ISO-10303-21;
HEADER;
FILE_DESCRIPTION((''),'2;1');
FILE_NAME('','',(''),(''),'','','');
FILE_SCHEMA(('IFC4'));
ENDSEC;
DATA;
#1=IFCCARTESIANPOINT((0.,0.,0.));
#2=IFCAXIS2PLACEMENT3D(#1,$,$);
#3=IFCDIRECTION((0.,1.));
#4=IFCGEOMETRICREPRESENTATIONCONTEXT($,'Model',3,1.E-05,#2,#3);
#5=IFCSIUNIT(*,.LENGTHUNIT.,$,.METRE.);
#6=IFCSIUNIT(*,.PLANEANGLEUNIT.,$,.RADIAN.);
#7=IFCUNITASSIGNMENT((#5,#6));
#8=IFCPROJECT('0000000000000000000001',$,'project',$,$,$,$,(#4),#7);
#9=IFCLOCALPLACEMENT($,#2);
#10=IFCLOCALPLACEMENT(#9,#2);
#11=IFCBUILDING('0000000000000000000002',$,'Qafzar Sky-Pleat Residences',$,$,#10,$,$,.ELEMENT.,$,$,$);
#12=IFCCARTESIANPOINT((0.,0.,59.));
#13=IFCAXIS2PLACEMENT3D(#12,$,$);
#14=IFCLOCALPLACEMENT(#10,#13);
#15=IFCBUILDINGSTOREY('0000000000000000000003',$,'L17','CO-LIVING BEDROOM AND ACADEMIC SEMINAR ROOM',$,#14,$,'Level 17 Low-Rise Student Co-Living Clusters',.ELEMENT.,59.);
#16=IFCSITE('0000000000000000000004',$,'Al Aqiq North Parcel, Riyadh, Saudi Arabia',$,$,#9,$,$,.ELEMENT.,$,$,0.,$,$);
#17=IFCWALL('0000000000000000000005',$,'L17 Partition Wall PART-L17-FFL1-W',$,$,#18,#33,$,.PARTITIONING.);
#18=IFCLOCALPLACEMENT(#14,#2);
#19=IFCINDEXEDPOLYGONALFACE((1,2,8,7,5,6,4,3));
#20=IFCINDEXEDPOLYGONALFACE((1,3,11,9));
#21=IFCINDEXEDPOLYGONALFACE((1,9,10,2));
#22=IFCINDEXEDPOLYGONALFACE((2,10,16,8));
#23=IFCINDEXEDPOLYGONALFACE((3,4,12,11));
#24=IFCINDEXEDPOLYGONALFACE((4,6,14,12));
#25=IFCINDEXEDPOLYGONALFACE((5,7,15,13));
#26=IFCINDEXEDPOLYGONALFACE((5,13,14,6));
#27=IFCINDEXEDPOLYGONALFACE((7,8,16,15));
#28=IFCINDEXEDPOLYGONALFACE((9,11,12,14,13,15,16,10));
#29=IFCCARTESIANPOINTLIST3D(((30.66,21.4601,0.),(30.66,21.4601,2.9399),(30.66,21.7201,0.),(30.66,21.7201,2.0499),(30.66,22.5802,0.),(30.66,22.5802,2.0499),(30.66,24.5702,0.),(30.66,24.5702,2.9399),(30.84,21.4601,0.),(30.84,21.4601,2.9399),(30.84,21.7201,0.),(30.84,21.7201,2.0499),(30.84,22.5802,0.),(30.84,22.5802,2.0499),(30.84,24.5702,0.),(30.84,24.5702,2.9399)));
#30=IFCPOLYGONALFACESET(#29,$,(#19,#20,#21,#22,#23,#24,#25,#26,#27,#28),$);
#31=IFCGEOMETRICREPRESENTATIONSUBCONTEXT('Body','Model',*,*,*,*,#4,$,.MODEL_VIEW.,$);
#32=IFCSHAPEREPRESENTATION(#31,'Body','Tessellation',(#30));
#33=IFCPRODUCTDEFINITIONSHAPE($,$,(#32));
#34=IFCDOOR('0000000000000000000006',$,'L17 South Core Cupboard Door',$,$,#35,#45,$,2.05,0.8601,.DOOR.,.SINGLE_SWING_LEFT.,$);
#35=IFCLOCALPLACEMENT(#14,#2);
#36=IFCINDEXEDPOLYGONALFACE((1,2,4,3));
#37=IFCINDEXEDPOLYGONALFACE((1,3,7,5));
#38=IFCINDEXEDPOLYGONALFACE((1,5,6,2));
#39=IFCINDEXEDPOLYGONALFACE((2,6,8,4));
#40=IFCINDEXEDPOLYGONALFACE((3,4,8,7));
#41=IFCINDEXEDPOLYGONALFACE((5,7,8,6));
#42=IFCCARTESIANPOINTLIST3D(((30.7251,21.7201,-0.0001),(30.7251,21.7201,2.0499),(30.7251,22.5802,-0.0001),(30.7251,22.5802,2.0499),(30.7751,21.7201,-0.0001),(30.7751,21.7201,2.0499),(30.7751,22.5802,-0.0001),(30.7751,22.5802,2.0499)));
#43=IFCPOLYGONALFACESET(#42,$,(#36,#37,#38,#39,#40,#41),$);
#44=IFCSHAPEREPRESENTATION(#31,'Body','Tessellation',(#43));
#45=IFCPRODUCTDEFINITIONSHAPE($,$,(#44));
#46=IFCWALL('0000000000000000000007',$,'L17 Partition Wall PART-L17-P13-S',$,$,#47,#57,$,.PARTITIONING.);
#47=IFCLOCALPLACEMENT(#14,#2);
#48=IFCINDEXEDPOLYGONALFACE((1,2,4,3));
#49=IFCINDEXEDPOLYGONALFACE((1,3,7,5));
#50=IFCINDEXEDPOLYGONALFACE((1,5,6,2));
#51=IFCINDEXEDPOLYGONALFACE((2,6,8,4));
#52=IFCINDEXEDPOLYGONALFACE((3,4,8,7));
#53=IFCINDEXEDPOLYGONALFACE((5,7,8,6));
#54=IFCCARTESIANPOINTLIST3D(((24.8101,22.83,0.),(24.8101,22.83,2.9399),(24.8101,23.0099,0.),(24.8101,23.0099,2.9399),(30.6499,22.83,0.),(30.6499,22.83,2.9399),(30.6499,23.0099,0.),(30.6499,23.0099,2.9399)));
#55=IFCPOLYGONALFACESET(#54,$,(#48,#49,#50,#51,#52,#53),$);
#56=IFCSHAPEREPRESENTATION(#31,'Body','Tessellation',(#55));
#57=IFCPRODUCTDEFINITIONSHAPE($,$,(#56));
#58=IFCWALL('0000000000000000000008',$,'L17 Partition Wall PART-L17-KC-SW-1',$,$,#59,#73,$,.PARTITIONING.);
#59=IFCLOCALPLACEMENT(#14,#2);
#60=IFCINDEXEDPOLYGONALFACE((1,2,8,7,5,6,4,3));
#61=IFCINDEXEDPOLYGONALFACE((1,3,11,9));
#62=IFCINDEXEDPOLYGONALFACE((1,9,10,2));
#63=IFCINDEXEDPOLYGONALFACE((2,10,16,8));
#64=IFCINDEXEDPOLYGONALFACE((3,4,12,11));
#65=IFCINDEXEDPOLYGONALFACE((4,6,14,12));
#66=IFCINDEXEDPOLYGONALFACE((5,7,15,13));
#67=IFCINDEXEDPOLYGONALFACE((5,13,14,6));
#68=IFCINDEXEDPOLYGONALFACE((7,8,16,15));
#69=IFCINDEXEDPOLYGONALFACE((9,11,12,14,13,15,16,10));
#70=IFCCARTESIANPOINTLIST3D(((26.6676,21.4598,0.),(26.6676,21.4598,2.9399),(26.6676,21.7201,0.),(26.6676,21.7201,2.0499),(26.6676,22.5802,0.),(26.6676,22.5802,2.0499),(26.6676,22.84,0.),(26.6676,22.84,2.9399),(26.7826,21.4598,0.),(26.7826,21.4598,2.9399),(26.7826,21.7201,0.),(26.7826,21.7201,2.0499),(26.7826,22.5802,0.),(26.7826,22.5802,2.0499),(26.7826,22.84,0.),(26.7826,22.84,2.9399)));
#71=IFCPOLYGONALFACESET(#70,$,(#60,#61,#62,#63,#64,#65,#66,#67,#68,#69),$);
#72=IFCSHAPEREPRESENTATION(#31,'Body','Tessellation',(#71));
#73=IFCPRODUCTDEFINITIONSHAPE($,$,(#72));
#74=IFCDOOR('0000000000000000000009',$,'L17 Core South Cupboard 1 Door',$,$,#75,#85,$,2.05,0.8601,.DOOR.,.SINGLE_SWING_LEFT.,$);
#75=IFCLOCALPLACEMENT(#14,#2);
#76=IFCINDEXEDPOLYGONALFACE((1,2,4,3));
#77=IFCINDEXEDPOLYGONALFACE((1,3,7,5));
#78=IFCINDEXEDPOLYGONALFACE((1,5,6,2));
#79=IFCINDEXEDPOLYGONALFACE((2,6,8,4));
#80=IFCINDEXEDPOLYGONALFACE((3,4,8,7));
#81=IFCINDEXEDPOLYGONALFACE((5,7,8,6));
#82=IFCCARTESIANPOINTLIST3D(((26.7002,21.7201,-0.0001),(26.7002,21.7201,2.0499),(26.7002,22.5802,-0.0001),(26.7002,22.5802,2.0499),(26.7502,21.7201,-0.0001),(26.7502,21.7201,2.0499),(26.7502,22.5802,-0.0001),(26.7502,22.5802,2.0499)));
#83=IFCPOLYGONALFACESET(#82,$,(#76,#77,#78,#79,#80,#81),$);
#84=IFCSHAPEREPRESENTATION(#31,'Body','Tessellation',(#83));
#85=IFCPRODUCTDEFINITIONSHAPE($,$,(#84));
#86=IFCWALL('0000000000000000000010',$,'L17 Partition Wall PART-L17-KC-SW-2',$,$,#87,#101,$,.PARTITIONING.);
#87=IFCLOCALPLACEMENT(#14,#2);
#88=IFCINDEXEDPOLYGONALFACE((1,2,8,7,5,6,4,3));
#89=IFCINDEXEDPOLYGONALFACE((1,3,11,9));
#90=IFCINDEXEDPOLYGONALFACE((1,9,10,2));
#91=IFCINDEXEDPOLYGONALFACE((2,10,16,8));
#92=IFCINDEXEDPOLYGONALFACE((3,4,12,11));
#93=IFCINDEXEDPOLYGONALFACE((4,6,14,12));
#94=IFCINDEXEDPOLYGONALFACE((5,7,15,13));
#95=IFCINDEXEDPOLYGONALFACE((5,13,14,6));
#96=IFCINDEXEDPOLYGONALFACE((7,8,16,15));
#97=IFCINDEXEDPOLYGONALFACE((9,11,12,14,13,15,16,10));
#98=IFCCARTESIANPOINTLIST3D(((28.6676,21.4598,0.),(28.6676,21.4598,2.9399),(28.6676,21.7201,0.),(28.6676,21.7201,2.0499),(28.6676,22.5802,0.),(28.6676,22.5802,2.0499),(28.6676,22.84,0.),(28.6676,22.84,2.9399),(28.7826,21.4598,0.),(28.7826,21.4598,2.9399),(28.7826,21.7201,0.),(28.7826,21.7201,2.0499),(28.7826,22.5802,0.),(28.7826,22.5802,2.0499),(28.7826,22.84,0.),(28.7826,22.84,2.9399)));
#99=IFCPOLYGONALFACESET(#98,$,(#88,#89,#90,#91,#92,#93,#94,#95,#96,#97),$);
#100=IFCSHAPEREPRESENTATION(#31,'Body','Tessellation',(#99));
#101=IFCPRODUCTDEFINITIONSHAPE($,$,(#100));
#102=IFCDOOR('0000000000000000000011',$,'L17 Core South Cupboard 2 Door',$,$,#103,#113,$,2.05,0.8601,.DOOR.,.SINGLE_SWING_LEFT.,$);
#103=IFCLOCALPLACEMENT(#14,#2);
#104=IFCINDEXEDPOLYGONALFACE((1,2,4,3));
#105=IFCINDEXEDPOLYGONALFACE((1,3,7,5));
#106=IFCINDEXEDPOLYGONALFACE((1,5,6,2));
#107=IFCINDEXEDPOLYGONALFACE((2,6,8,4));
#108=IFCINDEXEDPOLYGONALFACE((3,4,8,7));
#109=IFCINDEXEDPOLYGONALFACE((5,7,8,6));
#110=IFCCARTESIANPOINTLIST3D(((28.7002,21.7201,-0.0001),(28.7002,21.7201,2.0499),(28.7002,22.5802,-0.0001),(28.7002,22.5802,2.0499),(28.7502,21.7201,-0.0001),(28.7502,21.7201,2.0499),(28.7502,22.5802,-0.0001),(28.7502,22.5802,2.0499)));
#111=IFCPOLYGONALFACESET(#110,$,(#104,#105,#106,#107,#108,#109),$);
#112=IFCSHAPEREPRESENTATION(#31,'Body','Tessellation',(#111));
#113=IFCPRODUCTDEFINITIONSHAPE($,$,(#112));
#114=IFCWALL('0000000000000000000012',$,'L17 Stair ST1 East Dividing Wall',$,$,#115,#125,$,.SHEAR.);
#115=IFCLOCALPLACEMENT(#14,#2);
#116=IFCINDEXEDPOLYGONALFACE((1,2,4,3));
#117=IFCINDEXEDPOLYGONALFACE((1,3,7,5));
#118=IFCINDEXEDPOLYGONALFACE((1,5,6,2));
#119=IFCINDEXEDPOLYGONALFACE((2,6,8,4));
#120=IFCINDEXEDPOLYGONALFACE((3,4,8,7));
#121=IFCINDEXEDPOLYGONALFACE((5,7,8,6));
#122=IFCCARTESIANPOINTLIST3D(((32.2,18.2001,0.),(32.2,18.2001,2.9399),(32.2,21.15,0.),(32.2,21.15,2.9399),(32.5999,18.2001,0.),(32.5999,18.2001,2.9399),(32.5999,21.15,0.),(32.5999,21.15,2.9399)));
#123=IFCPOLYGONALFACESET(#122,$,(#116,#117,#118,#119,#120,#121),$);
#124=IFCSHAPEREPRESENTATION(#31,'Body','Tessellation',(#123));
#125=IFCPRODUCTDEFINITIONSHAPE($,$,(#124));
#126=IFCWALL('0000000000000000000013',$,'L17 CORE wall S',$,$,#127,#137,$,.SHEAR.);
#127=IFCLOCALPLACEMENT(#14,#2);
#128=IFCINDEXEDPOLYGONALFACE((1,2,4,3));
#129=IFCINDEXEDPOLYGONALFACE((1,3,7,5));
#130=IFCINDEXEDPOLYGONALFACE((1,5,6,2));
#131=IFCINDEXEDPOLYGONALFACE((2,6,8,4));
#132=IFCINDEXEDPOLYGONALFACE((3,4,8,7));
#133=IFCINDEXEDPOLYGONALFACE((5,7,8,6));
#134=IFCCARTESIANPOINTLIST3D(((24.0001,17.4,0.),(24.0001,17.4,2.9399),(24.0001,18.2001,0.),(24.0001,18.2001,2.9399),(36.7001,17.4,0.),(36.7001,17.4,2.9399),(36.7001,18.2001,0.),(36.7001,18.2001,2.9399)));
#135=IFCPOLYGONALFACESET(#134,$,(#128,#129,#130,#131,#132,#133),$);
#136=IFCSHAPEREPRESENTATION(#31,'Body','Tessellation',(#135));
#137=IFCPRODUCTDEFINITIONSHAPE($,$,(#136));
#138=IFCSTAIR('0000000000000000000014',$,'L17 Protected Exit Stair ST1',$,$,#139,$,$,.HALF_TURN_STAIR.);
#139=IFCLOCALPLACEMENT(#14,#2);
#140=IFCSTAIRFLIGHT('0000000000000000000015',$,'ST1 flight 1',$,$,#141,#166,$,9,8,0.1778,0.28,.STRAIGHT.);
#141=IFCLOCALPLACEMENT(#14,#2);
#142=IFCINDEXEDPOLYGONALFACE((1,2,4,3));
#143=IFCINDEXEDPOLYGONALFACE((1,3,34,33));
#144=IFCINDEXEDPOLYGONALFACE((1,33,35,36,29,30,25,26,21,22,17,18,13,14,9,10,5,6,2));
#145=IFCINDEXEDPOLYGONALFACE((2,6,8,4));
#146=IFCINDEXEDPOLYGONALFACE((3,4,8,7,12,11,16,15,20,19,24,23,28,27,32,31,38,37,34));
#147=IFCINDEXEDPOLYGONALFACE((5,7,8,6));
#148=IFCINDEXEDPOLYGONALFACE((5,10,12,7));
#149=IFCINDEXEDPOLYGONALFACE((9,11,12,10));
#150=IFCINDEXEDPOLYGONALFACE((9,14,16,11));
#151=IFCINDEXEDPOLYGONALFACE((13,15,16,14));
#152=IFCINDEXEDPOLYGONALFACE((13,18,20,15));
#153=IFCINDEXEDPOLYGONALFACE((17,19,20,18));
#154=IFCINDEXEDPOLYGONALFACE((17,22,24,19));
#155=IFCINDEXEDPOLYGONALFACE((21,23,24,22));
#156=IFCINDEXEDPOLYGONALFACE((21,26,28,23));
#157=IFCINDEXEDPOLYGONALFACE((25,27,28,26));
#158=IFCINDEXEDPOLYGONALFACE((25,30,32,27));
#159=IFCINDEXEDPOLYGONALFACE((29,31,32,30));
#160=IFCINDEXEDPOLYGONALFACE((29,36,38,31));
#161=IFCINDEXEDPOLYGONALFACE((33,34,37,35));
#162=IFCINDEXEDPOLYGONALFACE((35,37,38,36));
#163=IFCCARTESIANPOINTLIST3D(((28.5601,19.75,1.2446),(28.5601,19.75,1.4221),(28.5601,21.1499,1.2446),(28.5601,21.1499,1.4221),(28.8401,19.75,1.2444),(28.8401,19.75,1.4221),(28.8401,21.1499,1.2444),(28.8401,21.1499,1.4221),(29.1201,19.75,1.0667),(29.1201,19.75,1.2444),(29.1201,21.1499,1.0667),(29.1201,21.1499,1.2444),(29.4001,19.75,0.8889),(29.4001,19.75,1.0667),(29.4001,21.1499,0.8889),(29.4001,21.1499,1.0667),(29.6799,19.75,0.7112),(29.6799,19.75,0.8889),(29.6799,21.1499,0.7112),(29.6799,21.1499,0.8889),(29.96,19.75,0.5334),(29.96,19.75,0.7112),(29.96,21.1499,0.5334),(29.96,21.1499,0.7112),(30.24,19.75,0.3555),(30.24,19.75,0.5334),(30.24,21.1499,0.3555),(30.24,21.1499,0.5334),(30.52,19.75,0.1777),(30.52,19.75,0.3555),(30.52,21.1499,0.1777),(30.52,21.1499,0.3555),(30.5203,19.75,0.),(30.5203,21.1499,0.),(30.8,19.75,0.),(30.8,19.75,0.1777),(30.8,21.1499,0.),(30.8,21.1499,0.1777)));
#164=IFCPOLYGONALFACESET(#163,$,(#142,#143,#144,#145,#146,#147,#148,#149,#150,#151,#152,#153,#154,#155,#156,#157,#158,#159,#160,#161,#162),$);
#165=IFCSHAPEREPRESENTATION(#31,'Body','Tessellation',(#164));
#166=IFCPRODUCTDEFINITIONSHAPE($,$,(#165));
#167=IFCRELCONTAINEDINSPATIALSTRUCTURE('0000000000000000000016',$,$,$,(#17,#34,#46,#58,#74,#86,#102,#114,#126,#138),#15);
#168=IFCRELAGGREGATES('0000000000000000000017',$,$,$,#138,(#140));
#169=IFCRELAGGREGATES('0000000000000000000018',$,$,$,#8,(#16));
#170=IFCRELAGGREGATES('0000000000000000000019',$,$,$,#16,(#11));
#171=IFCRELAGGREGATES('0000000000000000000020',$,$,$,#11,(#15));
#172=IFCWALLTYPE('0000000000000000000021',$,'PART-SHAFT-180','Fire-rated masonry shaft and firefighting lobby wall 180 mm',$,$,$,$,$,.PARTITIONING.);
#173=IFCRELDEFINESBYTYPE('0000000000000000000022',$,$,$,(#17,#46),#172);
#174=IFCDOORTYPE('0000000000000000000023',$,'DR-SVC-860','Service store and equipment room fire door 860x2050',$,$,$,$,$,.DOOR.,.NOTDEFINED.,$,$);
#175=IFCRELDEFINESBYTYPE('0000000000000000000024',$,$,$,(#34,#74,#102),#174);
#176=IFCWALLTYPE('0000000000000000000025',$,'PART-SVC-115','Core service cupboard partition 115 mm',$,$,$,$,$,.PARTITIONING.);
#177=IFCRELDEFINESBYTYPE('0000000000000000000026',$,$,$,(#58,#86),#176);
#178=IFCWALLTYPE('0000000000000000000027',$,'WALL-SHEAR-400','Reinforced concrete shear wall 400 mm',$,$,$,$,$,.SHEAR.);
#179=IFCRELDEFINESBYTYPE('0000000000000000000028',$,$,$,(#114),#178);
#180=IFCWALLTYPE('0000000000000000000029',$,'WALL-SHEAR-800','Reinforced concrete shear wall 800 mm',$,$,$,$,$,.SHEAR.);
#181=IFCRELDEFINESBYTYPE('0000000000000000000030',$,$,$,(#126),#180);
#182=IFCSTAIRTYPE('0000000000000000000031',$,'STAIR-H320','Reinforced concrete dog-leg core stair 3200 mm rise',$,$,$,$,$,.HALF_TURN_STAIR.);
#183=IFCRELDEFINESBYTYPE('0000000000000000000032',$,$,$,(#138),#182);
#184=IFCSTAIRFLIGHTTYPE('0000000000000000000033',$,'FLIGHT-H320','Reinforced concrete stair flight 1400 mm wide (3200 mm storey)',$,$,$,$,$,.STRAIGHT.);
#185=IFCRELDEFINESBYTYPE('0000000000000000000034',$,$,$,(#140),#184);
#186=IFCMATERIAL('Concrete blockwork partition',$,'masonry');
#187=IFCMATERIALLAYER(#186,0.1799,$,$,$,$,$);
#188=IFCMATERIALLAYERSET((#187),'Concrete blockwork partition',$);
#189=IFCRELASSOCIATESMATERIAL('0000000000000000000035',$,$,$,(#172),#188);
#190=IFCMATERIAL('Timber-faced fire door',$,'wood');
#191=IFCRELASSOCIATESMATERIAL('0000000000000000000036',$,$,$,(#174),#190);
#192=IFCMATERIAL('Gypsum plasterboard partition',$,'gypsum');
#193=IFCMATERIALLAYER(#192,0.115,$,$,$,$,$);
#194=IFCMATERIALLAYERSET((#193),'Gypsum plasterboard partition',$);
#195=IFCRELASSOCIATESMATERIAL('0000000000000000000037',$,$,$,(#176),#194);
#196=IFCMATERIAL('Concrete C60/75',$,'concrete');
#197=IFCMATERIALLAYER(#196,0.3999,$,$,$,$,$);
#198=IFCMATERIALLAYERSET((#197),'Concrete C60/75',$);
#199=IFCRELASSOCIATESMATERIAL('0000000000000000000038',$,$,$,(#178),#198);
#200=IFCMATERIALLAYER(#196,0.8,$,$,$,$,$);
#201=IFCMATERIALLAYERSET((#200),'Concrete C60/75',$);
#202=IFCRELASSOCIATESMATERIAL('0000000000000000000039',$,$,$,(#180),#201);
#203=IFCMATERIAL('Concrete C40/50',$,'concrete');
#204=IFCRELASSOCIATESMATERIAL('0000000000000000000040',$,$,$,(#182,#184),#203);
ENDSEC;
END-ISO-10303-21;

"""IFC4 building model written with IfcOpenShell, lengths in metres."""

from ifc_helpers import new_model, si_unit, direction, frame, frame_2d, origin, place, context, subcontext, project, spatial, polyline, rectangle, outline, extrude, source, transform, mapped, material, layer, layer_set, type_object, element, fill, aggregate, save


model = new_model("IFC4")

# Units and contexts
model_context = context("Model", 3, precision=1e-05, world=origin(), true_north=direction((0.0, 1.0)))
body_context = subcontext(model_context, "Body", "Model", "MODEL_VIEW")
ifc_project = project(units=[si_unit("LENGTHUNIT", "METRE"), si_unit("PLANEANGLEUNIT", "RADIAN")], contexts=[model_context])

# Site, building, storey
site_placement = place(None, origin())
site = spatial("IfcSite", under=ifc_project, at=site_placement, Name="Al Aqiq North Parcel, Riyadh, Saudi Arabia", CompositionType="ELEMENT", RefElevation=0.0)
building_placement = place(site_placement, origin())
building = spatial("IfcBuilding", under=site, at=building_placement, Name="Qafzar Sky-Pleat Residences", CompositionType="ELEMENT")
storey_placement = place(building_placement, frame((0.0, 0.0, 59.0)))
storey = spatial("IfcBuildingStorey", under=building, at=storey_placement, Name="L17", Description="CO-LIVING BEDROOM AND ACADEMIC SEMINAR ROOM", LongName="Level 17 Low-Rise Student Co-Living Clusters", CompositionType="ELEMENT", Elevation=59.0)

# Shared definitions
ifc_material_1 = material(Name="Timber-faced fire door", Category="wood")

# Wall, opening, door
ifc_material_2 = material(Name="Concrete blockwork partition", Category="masonry")
ifc_layer_1 = layer(ifc_material_2, 0.1799)
ifc_layer_set_1 = layer_set([ifc_layer_1], Name="Concrete blockwork partition")
wall_type_1 = type_object("IfcWallType", Name="PART-SHAFT-180", Description="Fire-rated masonry shaft and firefighting lobby wall 180 mm", PredefinedType="PARTITIONING", material=ifc_layer_set_1)
wall_1_placement = place(storey_placement, frame((30.75, 21.46, 0.0), z_axis=(0.0, 0.0, 1.0), x_axis=(0.0, 1.0, 0.0)))
wall_1 = element("IfcWall", 1, at=wall_1_placement, inside=storey, type_object=wall_type_1, Name="L17 Partition Wall PART-L17-FFL1-W", PredefinedType="PARTITIONING", context=body_context, shape_type="SweptSolid", body=[
    extrude(rectangle(XDim=3.1101, YDim=0.1799, at=frame_2d((1.5552, 0.0))), origin(), (0.0, 0.0, 1.0), 2.9399),
])
opening_1_placement = place(wall_1_placement, frame((0.26, 0.0, 0.0)))
opening_1 = element("IfcOpeningElement", 2, at=opening_1_placement, cuts=wall_1, PredefinedType="OPENING", context=body_context, shape_type="SweptSolid", body=[
    extrude(rectangle(XDim=0.8601, YDim=2.05, at=frame_2d((0.4302, 1.0249))), frame((0.0, 0.1001, 0.0), z_axis=(0.0, -1.0, 0.0), x_axis=(1.0, 0.0, 0.0)), (0.0, 0.0, 1.0), 0.2),
])
door_type_1 = type_object("IfcDoorType", Name="DR-SVC-860", Description="Service store and equipment room fire door 860x2050", OperationType="NOTDEFINED", PredefinedType="DOOR", material=ifc_material_1)
shared_shape_1 = source(origin(), body_context, "Body", "SweptSolid", [
    extrude(rectangle(XDim=0.8601, YDim=2.05, at=frame_2d((0.4302, 1.0249))), frame((0.0, 0.0249, 0.0), z_axis=(0.0, -1.0, 0.0), x_axis=(1.0, 0.0, 0.0)), (0.0, 0.0, 1.0), 0.05),
])
door_1_placement = place(opening_1_placement, origin())
door_1 = element("IfcDoor", 3, at=door_1_placement, inside=storey, type_object=door_type_1, Name="L17 South Core Cupboard Door", OperationType="SINGLE_SWING_LEFT", OverallHeight=2.05, OverallWidth=0.8601, PredefinedType="DOOR", context=body_context, shape_type="MappedRepresentation", body=[
    mapped(shared_shape_1, transform((0.0, 0.0, 0.0), x_axis=(1.0, 0.0, 0.0), y_axis=(0.0, 1.0, 0.0), z_axis=(0.0, 0.0, 1.0), scale=1.0)),
])
fill(opening_1, door_1)

# Wall
wall_2_placement = place(storey_placement, frame((24.8101, 22.9199, 0.0), z_axis=(0.0, 0.0, 1.0), x_axis=(1.0, 0.0, 0.0)))
element("IfcWall", 4, at=wall_2_placement, inside=storey, type_object=wall_type_1, Name="L17 Partition Wall PART-L17-P13-S", PredefinedType="PARTITIONING", context=body_context, shape_type="SweptSolid", body=[
    extrude(rectangle(XDim=5.8398, YDim=0.1799, at=frame_2d((2.9199, 0.0))), origin(), (0.0, 0.0, 1.0), 2.9399),
])

# Walls, openings, doors
ifc_material_3 = material(Name="Gypsum plasterboard partition", Category="gypsum")
ifc_layer_2 = layer(ifc_material_3, 0.115)
ifc_layer_set_2 = layer_set([ifc_layer_2], Name="Gypsum plasterboard partition")
wall_type_2 = type_object("IfcWallType", Name="PART-SVC-115", Description="Core service cupboard partition 115 mm", PredefinedType="PARTITIONING", material=ifc_layer_set_2)
wall_3_placement = place(storey_placement, frame((26.7251, 21.46, 0.0), z_axis=(0.0, 0.0, 1.0), x_axis=(0.0, 1.0, 0.0)))
wall_3 = element("IfcWall", 5, at=wall_3_placement, inside=storey, type_object=wall_type_2, Name="L17 Partition Wall PART-L17-KC-SW-1", PredefinedType="PARTITIONING", context=body_context, shape_type="SweptSolid", body=[
    extrude(rectangle(XDim=1.3801, YDim=0.115, at=frame_2d((0.6899, 0.0))), origin(), (0.0, 0.0, 1.0), 2.9399),
])
opening_2_placement = place(wall_3_placement, frame((0.26, 0.0, 0.0)))
opening_2 = element("IfcOpeningElement", 6, at=opening_2_placement, cuts=wall_3, PredefinedType="OPENING", context=body_context, shape_type="SweptSolid", body=[
    extrude(rectangle(XDim=0.8601, YDim=2.05, at=frame_2d((0.4302, 1.0249))), frame((0.0, 0.0674, 0.0), z_axis=(0.0, -1.0, 0.0), x_axis=(1.0, 0.0, 0.0)), (0.0, 0.0, 1.0), 0.135),
])
door_2_placement = place(opening_2_placement, origin())
door_2 = element("IfcDoor", 7, at=door_2_placement, inside=storey, type_object=door_type_1, Name="L17 Core South Cupboard 1 Door", OperationType="SINGLE_SWING_LEFT", OverallHeight=2.05, OverallWidth=0.8601, PredefinedType="DOOR", context=body_context, shape_type="MappedRepresentation", body=[
    mapped(shared_shape_1, transform((0.0, 0.0, 0.0), x_axis=(1.0, 0.0, 0.0), y_axis=(0.0, 1.0, 0.0), z_axis=(0.0, 0.0, 1.0), scale=1.0)),
])
fill(opening_2, door_2)
wall_4_placement = place(storey_placement, frame((28.7251, 21.46, 0.0), z_axis=(0.0, 0.0, 1.0), x_axis=(0.0, 1.0, 0.0)))
wall_4 = element("IfcWall", 8, at=wall_4_placement, inside=storey, type_object=wall_type_2, Name="L17 Partition Wall PART-L17-KC-SW-2", PredefinedType="PARTITIONING", context=body_context, shape_type="SweptSolid", body=[
    extrude(rectangle(XDim=1.3801, YDim=0.115, at=frame_2d((0.6899, 0.0))), origin(), (0.0, 0.0, 1.0), 2.9399),
])
opening_3_placement = place(wall_4_placement, frame((0.26, 0.0, 0.0)))
opening_3 = element("IfcOpeningElement", 9, at=opening_3_placement, cuts=wall_4, PredefinedType="OPENING", context=body_context, shape_type="SweptSolid", body=[
    extrude(rectangle(XDim=0.8601, YDim=2.05, at=frame_2d((0.4302, 1.0249))), frame((0.0, 0.0674, 0.0), z_axis=(0.0, -1.0, 0.0), x_axis=(1.0, 0.0, 0.0)), (0.0, 0.0, 1.0), 0.135),
])
door_3_placement = place(opening_3_placement, origin())
door_3 = element("IfcDoor", 10, at=door_3_placement, inside=storey, type_object=door_type_1, Name="L17 Core South Cupboard 2 Door", OperationType="SINGLE_SWING_LEFT", OverallHeight=2.05, OverallWidth=0.8601, PredefinedType="DOOR", context=body_context, shape_type="MappedRepresentation", body=[
    mapped(shared_shape_1, transform((0.0, 0.0, 0.0), x_axis=(1.0, 0.0, 0.0), y_axis=(0.0, 1.0, 0.0), z_axis=(0.0, 0.0, 1.0), scale=1.0)),
])
fill(opening_3, door_3)

# Shared definitions
ifc_material_4 = material(Name="Concrete C60/75", Category="concrete")

# Walls
ifc_layer_3 = layer(ifc_material_4, 0.3999)
ifc_layer_set_3 = layer_set([ifc_layer_3], Name="Concrete C60/75")
wall_type_3 = type_object("IfcWallType", Name="WALL-SHEAR-400", Description="Reinforced concrete shear wall 400 mm", PredefinedType="SHEAR", material=ifc_layer_set_3)
wall_5_placement = place(storey_placement, frame((32.3999, 18.2, 0.0), z_axis=(0.0, 0.0, 1.0), x_axis=(0.0, 1.0, 0.0)))
element("IfcWall", 11, at=wall_5_placement, inside=storey, type_object=wall_type_3, Name="L17 Stair ST1 East Dividing Wall", PredefinedType="SHEAR", context=body_context, shape_type="SweptSolid", body=[
    extrude(rectangle(XDim=2.95, YDim=0.3999, at=frame_2d((1.4751, 0.0))), origin(), (0.0, 0.0, 1.0), 2.9399),
])
ifc_layer_4 = layer(ifc_material_4, 0.8)
ifc_layer_set_4 = layer_set([ifc_layer_4], Name="Concrete C60/75")
wall_type_4 = type_object("IfcWallType", Name="WALL-SHEAR-800", Description="Reinforced concrete shear wall 800 mm", PredefinedType="SHEAR", material=ifc_layer_set_4)
wall_6_placement = place(storey_placement, frame((24.0, 17.8, 0.0), z_axis=(0.0, 0.0, 1.0), x_axis=(1.0, 0.0, 0.0)))
element("IfcWall", 12, at=wall_6_placement, inside=storey, type_object=wall_type_4, Name="L17 CORE wall S", PredefinedType="SHEAR", context=body_context, shape_type="SweptSolid", body=[
    extrude(rectangle(XDim=12.7, YDim=0.8, at=frame_2d((6.3501, 0.0))), origin(), (0.0, 0.0, 1.0), 2.9399),
])

# Stair, stair flight
ifc_material_5 = material(Name="Concrete C40/50", Category="concrete")
stair_type = type_object("IfcStairType", Name="STAIR-H320", Description="Reinforced concrete dog-leg core stair 3200 mm rise", PredefinedType="HALF_TURN_STAIR", material=ifc_material_5)
stair_placement = place(storey_placement, origin())
stair = element("IfcStair", 13, at=stair_placement, inside=storey, type_object=stair_type, Name="L17 Protected Exit Stair ST1", PredefinedType="HALF_TURN_STAIR")
stair_flight_type = type_object("IfcStairFlightType", Name="FLIGHT-H320", Description="Reinforced concrete stair flight 1400 mm wide (3200 mm storey)", PredefinedType="STRAIGHT", material=ifc_material_5)
shared_shape_2 = source(origin(), body_context, "Body", "SweptSolid", [
    extrude(outline(polyline([(0.0, 0.0), (0.0, 0.1777), (0.28, 0.1777), (0.28, 0.3555), (0.5601, 0.3555), (0.5601, 0.5334), (0.8401, 0.5334), (0.8401, 0.7112), (1.1201, 0.7112), (1.1201, 0.8889), (1.3999, 0.8889), (1.3999, 1.0667), (1.6799, 1.0667), (1.6799, 1.2444), (1.96, 1.2444), (1.96, 1.4221), (2.24, 1.4221), (2.24, 1.6001), (2.24, 1.2446), (0.2798, 0.0), (0.0, 0.0)])), frame((0.0, 0.7, 0.0), z_axis=(0.0, -1.0, 0.0), x_axis=(1.0, 0.0, 0.0)), (0.0, 0.0, 1.0), 1.3999),
])
stair_flight_1_placement = place(storey_placement, frame((30.8, 20.45, 0.0), z_axis=(0.0, 0.0, 1.0), x_axis=(-1.0, 0.0, 0.0)))
stair_flight_1 = element("IfcStairFlight", 14, at=stair_flight_1_placement, type_object=stair_flight_type, Name="ST1 flight 1", NumberOfRisers=9, NumberOfTreads=8, PredefinedType="STRAIGHT", RiserHeight=0.1778, TreadLength=0.28, context=body_context, shape_type="MappedRepresentation", body=[
    mapped(shared_shape_2, transform((0.0, 0.0, 0.0), x_axis=(1.0, 0.0, 0.0), y_axis=(0.0, 1.0, 0.0), z_axis=(0.0, 0.0, 1.0), scale=1.0)),
])
aggregate(stair, [stair_flight_1])

save(model, "model.ifc")
